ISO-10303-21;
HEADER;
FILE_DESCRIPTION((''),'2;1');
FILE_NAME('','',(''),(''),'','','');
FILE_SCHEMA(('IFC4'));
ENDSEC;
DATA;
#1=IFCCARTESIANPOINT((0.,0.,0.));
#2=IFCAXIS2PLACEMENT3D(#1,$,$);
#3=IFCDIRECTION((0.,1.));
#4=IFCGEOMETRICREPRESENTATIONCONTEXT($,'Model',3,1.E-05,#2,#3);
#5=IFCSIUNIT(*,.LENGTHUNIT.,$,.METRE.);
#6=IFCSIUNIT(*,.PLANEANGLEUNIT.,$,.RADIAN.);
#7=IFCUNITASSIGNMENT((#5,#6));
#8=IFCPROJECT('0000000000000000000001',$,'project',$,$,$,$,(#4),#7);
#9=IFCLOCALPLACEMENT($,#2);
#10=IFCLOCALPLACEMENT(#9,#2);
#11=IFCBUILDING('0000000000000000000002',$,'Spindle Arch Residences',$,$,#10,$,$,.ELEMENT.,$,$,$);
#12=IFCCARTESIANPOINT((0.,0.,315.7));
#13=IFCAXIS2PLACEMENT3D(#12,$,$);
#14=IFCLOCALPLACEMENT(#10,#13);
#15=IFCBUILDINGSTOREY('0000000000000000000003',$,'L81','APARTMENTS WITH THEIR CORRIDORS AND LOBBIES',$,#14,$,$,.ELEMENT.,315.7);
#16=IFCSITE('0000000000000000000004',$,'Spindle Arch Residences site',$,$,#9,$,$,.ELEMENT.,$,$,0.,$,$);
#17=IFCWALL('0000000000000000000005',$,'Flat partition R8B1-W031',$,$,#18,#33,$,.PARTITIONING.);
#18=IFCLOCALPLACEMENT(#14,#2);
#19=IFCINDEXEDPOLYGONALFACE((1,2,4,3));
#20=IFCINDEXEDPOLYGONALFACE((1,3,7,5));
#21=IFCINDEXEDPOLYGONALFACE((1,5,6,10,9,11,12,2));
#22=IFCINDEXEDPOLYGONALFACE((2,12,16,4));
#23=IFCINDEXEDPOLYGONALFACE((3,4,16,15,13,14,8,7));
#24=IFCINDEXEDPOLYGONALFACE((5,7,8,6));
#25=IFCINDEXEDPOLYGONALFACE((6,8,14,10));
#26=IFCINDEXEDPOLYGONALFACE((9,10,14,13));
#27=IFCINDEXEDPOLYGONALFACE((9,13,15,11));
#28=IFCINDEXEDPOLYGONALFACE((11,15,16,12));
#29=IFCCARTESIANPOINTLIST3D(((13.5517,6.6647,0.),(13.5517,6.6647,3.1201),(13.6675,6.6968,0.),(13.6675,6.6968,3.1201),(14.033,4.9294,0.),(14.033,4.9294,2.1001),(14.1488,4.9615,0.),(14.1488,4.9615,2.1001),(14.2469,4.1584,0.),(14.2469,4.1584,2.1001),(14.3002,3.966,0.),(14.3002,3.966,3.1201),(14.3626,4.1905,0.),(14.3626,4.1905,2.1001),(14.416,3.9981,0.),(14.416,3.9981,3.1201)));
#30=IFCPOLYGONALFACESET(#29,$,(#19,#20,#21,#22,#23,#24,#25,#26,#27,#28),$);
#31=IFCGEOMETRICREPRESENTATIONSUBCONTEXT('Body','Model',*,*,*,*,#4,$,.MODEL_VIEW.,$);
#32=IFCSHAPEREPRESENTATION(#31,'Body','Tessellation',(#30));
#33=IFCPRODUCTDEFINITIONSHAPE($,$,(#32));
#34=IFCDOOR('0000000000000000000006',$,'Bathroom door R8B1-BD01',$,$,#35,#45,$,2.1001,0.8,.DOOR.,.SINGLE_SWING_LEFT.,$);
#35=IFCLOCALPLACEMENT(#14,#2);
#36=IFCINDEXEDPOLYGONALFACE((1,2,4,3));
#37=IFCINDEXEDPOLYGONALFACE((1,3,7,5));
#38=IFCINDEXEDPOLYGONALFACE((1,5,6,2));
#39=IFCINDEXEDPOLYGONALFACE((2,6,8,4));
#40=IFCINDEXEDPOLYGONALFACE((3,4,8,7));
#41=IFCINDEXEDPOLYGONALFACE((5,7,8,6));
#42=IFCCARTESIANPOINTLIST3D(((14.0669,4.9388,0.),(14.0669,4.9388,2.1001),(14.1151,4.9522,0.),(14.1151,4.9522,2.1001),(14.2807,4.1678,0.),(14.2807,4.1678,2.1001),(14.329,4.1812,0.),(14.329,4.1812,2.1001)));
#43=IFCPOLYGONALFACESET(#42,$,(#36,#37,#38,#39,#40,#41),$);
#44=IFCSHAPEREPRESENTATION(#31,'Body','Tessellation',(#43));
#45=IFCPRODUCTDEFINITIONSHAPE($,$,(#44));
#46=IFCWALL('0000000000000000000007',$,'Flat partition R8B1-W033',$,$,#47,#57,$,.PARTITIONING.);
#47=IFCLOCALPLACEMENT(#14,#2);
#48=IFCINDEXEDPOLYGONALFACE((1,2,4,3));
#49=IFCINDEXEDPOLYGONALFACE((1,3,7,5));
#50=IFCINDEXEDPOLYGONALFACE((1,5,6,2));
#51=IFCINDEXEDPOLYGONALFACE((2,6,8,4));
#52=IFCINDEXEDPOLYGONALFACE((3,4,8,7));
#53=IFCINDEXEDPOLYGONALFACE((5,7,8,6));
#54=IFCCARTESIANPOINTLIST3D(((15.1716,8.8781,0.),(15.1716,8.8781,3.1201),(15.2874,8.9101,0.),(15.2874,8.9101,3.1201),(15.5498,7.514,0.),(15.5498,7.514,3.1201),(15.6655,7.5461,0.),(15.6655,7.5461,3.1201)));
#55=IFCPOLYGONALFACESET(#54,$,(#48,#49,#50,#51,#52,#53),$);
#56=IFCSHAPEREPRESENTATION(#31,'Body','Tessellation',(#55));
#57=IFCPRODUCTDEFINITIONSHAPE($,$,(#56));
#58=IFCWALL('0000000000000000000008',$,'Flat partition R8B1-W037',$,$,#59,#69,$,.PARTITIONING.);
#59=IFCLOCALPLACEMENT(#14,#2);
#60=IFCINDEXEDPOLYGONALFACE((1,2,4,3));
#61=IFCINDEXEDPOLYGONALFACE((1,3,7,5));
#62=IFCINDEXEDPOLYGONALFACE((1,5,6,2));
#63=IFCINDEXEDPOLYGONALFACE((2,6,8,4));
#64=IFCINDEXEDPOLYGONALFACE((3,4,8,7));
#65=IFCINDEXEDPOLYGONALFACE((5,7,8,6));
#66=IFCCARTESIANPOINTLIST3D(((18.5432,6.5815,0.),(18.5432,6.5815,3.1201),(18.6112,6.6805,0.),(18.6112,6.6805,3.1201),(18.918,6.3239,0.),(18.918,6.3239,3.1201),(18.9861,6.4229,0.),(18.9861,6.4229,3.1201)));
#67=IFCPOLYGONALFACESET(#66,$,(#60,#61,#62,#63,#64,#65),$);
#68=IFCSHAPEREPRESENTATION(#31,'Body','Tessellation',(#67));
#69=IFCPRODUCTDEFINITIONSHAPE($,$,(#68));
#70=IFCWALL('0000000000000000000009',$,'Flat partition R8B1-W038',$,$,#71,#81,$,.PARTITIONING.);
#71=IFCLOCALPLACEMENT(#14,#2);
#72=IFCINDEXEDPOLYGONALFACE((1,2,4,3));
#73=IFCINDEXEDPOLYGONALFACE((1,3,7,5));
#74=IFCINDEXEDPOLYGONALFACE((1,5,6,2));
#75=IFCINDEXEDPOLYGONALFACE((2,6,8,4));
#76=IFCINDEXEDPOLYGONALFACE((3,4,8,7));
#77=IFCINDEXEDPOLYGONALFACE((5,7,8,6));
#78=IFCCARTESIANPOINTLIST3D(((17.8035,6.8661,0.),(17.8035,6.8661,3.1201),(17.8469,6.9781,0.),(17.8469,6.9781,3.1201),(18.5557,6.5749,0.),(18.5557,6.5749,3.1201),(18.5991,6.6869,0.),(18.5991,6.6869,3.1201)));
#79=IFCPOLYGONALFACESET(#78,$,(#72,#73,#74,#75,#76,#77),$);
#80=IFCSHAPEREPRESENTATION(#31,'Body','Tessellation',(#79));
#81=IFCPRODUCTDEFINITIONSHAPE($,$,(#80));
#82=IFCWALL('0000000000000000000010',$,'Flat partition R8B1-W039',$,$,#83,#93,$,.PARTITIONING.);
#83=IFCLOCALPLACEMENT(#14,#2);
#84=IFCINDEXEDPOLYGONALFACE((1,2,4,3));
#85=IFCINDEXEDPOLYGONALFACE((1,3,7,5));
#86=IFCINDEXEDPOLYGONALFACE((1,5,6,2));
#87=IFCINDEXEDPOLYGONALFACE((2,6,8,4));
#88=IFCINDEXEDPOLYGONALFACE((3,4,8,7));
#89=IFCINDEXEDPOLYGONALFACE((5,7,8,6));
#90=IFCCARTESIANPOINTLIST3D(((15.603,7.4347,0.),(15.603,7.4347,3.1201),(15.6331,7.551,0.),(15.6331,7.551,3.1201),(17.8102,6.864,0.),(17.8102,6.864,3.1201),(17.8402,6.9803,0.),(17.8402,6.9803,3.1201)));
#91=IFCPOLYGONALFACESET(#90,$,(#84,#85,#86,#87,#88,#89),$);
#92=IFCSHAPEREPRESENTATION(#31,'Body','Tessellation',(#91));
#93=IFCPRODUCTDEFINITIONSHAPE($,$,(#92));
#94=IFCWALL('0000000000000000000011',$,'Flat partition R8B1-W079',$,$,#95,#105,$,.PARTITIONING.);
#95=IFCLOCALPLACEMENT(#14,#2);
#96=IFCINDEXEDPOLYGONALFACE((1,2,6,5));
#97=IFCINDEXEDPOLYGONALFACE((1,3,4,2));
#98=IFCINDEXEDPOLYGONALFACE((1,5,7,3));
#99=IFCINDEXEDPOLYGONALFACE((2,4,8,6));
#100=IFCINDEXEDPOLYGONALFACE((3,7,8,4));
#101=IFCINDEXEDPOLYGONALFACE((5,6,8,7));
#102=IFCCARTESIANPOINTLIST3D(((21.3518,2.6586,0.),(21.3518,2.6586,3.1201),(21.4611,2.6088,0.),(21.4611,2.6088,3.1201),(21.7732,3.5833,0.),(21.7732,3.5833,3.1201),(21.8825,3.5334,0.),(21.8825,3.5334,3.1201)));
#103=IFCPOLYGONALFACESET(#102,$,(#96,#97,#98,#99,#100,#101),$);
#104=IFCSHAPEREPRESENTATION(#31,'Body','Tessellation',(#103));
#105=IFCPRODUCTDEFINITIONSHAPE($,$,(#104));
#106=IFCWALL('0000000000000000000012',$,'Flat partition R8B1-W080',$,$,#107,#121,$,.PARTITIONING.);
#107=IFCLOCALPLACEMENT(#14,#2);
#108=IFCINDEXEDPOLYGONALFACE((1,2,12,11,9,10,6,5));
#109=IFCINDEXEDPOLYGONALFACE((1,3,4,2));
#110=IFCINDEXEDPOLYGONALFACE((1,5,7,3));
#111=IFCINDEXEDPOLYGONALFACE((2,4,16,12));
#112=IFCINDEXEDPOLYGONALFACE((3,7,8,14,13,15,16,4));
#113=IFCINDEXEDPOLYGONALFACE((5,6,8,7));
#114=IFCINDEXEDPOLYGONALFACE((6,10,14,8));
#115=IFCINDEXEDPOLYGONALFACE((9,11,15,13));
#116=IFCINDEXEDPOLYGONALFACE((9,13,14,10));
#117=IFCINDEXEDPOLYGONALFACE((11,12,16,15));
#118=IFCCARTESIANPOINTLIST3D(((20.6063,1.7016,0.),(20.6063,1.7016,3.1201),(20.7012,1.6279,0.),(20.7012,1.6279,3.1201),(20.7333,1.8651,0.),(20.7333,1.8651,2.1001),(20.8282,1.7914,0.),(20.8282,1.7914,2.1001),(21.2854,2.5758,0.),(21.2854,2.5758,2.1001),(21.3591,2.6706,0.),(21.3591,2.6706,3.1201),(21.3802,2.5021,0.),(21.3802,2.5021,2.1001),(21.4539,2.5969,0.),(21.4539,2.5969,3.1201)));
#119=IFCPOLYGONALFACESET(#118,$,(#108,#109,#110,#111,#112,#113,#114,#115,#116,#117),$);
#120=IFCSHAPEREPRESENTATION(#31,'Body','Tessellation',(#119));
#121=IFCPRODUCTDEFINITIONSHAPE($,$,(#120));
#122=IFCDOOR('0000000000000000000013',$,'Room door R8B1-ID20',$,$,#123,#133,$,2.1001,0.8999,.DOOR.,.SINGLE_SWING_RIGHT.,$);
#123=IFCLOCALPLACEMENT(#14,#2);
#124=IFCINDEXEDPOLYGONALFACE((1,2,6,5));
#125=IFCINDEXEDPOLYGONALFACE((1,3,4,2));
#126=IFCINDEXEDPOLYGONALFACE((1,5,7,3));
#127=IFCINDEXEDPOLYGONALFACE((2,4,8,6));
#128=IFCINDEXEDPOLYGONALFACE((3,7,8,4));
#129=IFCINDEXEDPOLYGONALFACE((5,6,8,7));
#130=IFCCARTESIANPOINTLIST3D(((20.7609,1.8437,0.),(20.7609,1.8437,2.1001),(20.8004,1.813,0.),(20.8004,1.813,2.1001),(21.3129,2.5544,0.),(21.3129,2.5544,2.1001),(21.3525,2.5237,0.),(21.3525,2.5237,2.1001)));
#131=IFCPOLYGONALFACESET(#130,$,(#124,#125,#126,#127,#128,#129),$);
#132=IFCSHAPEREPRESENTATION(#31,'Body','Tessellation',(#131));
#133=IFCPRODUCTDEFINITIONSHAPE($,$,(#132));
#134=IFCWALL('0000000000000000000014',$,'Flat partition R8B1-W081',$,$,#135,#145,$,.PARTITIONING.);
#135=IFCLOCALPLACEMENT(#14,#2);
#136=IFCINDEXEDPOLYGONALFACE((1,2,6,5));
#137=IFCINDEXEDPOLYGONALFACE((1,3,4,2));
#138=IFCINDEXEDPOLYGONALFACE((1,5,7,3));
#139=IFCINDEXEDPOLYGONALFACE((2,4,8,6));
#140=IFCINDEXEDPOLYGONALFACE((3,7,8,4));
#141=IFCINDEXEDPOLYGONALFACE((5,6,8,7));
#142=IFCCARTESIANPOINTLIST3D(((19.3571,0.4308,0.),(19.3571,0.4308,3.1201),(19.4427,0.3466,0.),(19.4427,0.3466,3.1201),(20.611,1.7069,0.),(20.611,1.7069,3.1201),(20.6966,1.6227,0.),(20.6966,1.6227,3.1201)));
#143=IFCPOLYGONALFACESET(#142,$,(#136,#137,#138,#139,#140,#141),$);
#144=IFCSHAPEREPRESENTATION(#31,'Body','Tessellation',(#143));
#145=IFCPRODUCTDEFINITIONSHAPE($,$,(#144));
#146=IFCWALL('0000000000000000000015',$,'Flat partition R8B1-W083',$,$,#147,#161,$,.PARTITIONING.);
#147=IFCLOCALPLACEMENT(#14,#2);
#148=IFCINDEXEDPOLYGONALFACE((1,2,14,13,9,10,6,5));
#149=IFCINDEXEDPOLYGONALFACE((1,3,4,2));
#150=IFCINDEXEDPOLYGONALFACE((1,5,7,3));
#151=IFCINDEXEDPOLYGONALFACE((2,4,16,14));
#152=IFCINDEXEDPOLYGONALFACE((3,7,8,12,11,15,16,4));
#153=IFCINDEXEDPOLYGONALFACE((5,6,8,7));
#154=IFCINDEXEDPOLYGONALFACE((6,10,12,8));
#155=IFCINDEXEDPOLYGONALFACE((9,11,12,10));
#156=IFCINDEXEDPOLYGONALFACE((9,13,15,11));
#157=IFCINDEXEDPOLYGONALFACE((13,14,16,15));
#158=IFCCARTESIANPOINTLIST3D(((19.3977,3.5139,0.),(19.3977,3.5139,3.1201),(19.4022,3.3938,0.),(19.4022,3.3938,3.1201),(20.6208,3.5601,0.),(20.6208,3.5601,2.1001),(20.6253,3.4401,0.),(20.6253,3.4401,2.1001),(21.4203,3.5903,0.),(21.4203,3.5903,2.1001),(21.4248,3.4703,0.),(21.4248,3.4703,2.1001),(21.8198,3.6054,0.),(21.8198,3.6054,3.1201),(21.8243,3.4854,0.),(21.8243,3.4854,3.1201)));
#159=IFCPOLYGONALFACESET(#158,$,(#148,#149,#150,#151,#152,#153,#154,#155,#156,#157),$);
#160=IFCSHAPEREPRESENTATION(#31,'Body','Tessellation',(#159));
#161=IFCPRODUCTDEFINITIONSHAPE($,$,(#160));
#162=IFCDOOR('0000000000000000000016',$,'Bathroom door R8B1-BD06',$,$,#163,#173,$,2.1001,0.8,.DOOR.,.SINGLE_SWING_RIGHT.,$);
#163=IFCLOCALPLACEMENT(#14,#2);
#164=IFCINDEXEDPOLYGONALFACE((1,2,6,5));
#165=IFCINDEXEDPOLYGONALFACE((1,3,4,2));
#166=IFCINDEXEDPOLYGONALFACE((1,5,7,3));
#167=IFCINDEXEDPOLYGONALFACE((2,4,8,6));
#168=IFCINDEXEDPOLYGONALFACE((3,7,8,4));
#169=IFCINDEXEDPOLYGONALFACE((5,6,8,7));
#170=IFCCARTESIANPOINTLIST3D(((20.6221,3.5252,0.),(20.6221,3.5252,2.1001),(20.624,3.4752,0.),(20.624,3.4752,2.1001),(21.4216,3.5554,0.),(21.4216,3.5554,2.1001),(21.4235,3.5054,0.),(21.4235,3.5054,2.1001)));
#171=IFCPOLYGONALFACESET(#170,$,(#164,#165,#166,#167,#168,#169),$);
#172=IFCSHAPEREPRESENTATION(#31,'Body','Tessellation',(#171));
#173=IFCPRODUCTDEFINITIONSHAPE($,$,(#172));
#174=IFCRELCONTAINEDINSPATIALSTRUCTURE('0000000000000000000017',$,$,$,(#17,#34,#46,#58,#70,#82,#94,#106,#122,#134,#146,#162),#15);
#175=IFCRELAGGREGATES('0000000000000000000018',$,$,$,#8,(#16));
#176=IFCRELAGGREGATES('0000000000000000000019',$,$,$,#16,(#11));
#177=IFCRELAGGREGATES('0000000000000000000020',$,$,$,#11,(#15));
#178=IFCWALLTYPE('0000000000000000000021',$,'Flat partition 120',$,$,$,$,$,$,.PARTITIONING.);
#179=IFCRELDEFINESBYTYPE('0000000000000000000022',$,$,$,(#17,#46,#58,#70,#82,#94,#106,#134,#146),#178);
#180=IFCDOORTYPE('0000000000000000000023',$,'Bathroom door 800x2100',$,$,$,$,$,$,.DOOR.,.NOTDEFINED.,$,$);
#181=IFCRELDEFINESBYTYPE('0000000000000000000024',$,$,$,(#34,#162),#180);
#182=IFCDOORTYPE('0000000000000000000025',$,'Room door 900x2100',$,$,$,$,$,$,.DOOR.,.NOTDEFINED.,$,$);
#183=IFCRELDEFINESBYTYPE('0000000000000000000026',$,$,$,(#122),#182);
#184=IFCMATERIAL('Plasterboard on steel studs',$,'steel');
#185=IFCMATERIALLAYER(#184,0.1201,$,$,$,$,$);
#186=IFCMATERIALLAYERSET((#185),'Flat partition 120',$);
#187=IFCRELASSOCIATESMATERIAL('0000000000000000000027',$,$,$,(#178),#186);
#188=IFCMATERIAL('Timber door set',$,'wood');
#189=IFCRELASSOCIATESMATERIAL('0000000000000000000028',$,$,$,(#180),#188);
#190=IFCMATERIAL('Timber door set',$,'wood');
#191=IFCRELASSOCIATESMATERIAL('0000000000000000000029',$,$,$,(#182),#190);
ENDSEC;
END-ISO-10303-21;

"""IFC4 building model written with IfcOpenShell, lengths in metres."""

from ifc_helpers import new_model, si_unit, direction, frame, frame_2d, origin, place, context, subcontext, project, spatial, rectangle, extrude, material, layer, layer_set, type_object, element, fill, save


model = new_model("IFC4")

# Units and contexts
model_context = context("Model", 3, precision=1e-05, world=origin(), true_north=direction((0.0, 1.0)))
body_context = subcontext(model_context, "Body", "Model", "MODEL_VIEW")
ifc_project = project(units=[si_unit("LENGTHUNIT", "METRE"), si_unit("PLANEANGLEUNIT", "RADIAN")], contexts=[model_context])

# Site, building, storey
site_placement = place(None, origin())
site = spatial("IfcSite", under=ifc_project, at=site_placement, Name="Spindle Arch Residences site", CompositionType="ELEMENT", RefElevation=0.0)
building_placement = place(site_placement, origin())
building = spatial("IfcBuilding", under=site, at=building_placement, Name="Spindle Arch Residences", CompositionType="ELEMENT")
storey_placement = place(building_placement, frame((0.0, 0.0, 315.7)))
storey = spatial("IfcBuildingStorey", under=building, at=storey_placement, Name="L81", Description="APARTMENTS WITH THEIR CORRIDORS AND LOBBIES", CompositionType="ELEMENT", Elevation=315.7)

# Wall, opening, door
ifc_material_1 = material(Name="Plasterboard on steel studs", Category="steel")
ifc_layer_1 = layer(ifc_material_1, 0.1201)
ifc_layer_set_1 = layer_set([ifc_layer_1], Name="Flat partition 120")
wall_type_1 = type_object("IfcWallType", Name="Flat partition 120", PredefinedType="PARTITIONING", material=ifc_layer_set_1)
wall_1_placement = place(storey_placement, frame((14.3582, 3.9819, 0.0), z_axis=(0.0, 0.0, 1.0), x_axis=(-0.267275, 0.96362, 0.0)))
wall_1 = element("IfcWall", 1, at=wall_1_placement, inside=storey, type_object=wall_type_1, Name="Flat partition R8B1-W031", PredefinedType="PARTITIONING", context=body_context, shape_type="SweptSolid", body=[
    extrude(rectangle(XDim=2.8005, YDim=0.1201, at=frame_2d((1.4004, 0.0))), origin(), (0.0, 0.0, 1.0), 3.1201),
])
opening_1_placement = place(wall_1_placement, frame((0.2, 0.0, 0.0)))
opening_1 = element("IfcOpeningElement", 2, at=opening_1_placement, cuts=wall_1, PredefinedType="OPENING", context=body_context, shape_type="SweptSolid", body=[
    extrude(rectangle(XDim=0.8, YDim=2.1001, at=frame_2d((0.3999, 1.05))), frame((0.0, 0.0701, 0.0), z_axis=(0.0, -1.0, 0.0), x_axis=(1.0, 0.0, 0.0)), (0.0, 0.0, 1.0), 0.1401),
])
ifc_material_2 = material(Name="Timber door set", Category="wood")
door_type_1 = type_object("IfcDoorType", Name="Bathroom door 800x2100", OperationType="NOTDEFINED", PredefinedType="DOOR", material=ifc_material_2)
door_1_placement = place(opening_1_placement, origin())
door_1 = element("IfcDoor", 3, at=door_1_placement, inside=storey, type_object=door_type_1, Name="Bathroom door R8B1-BD01", OperationType="SINGLE_SWING_LEFT", OverallHeight=2.1001, OverallWidth=0.8, PredefinedType="DOOR", context=body_context, shape_type="SweptSolid", body=[
    extrude(rectangle(XDim=0.8, YDim=2.1001, at=frame_2d((0.3999, 1.05))), frame((0.0, 0.0249, 0.0), z_axis=(0.0, -1.0, 0.0), x_axis=(1.0, 0.0, 0.0)), (0.0, 0.0, 1.0), 0.05),
])
fill(opening_1, door_1)

# Walls
wall_2_placement = place(storey_placement, frame((15.6077, 7.53, 0.0), z_axis=(0.0, 0.0, 1.0), x_axis=(-0.267172, 0.963649, 0.0)))
element("IfcWall", 4, at=wall_2_placement, inside=storey, type_object=wall_type_1, Name="Flat partition R8B1-W033", PredefinedType="PARTITIONING", context=body_context, shape_type="SweptSolid", body=[
    extrude(rectangle(XDim=1.4155, YDim=0.1201, at=frame_2d((0.7078, 0.0))), origin(), (0.0, 0.0, 1.0), 3.1201),
])
wall_3_placement = place(storey_placement, frame((18.9521, 6.3733, 0.0), z_axis=(0.0, 0.0, 1.0), x_axis=(-0.82412, 0.566415, 0.0)))
element("IfcWall", 5, at=wall_3_placement, inside=storey, type_object=wall_type_1, Name="Flat partition R8B1-W037", PredefinedType="PARTITIONING", context=body_context, shape_type="SweptSolid", body=[
    extrude(rectangle(XDim=0.4548, YDim=0.1201, at=frame_2d((0.2275, 0.0))), origin(), (0.0, 0.0, 1.0), 3.1201),
])
wall_4_placement = place(storey_placement, frame((18.5774, 6.6309, 0.0), z_axis=(0.0, 0.0, 1.0), x_axis=(-0.932532, 0.361088, 0.0)))
element("IfcWall", 6, at=wall_4_placement, inside=storey, type_object=wall_type_1, Name="Flat partition R8B1-W038", PredefinedType="PARTITIONING", context=body_context, shape_type="SweptSolid", body=[
    extrude(rectangle(XDim=0.8066, YDim=0.1201, at=frame_2d((0.4033, 0.0))), origin(), (0.0, 0.0, 1.0), 3.1201),
])
wall_5_placement = place(storey_placement, frame((17.8252, 6.9221, 0.0), z_axis=(0.0, 0.0, 1.0), x_axis=(-0.968152, 0.250364, 0.0)))
element("IfcWall", 7, at=wall_5_placement, inside=storey, type_object=wall_type_1, Name="Flat partition R8B1-W039", PredefinedType="PARTITIONING", context=body_context, shape_type="SweptSolid", body=[
    extrude(rectangle(XDim=2.2798, YDim=0.1201, at=frame_2d((1.1399, 0.0))), origin(), (0.0, 0.0, 1.0), 3.1201),
])
wall_6_placement = place(storey_placement, frame((21.8279, 3.5583, 0.0), z_axis=(0.0, 0.0, 1.0), x_axis=(-0.414726, -0.909946, 0.0)))
element("IfcWall", 8, at=wall_6_placement, inside=storey, type_object=wall_type_1, Name="Flat partition R8B1-W079", PredefinedType="PARTITIONING", context=body_context, shape_type="SweptSolid", body=[
    extrude(rectangle(XDim=1.0161, YDim=0.1201, at=frame_2d((0.5081, 0.0))), origin(), (0.0, 0.0, 1.0), 3.1201),
])

# Wall, opening, door
wall_7_placement = place(storey_placement, frame((21.4065, 2.6338, 0.0), z_axis=(0.0, 0.0, 1.0), x_axis=(-0.613445, -0.789738, 0.0)))
wall_7 = element("IfcWall", 9, at=wall_7_placement, inside=storey, type_object=wall_type_1, Name="Flat partition R8B1-W080", PredefinedType="PARTITIONING", context=body_context, shape_type="SweptSolid", body=[
    extrude(rectangle(XDim=1.2271, YDim=0.1201, at=frame_2d((0.6135, 0.0))), origin(), (0.0, 0.0, 1.0), 3.1201),
])
opening_2_placement = place(wall_7_placement, frame((0.1201, 0.0, 0.0)))
opening_2 = element("IfcOpeningElement", 10, at=opening_2_placement, cuts=wall_7, PredefinedType="OPENING", context=body_context, shape_type="SweptSolid", body=[
    extrude(rectangle(XDim=0.8999, YDim=2.1001, at=frame_2d((0.45, 1.05))), frame((0.0, 0.0701, 0.0), z_axis=(0.0, -1.0, 0.0), x_axis=(1.0, 0.0, 0.0)), (0.0, 0.0, 1.0), 0.1401),
])
ifc_material_3 = material(Name="Timber door set", Category="wood")
door_type_2 = type_object("IfcDoorType", Name="Room door 900x2100", OperationType="NOTDEFINED", PredefinedType="DOOR", material=ifc_material_3)
door_2_placement = place(opening_2_placement, origin())
door_2 = element("IfcDoor", 11, at=door_2_placement, inside=storey, type_object=door_type_2, Name="Room door R8B1-ID20", OperationType="SINGLE_SWING_RIGHT", OverallHeight=2.1001, OverallWidth=0.8999, PredefinedType="DOOR", context=body_context, shape_type="SweptSolid", body=[
    extrude(rectangle(XDim=0.8999, YDim=2.1001, at=frame_2d((0.45, 1.05))), frame((0.0, 0.0249, 0.0), z_axis=(0.0, -1.0, 0.0), x_axis=(1.0, 0.0, 0.0)), (0.0, 0.0, 1.0), 0.05),
])
fill(opening_2, door_2)

# Wall
wall_8_placement = place(storey_placement, frame((20.6538, 1.6648, 0.0), z_axis=(0.0, 0.0, 1.0), x_axis=(-0.70087, -0.713289, 0.0)))
element("IfcWall", 12, at=wall_8_placement, inside=storey, type_object=wall_type_1, Name="Flat partition R8B1-W081", PredefinedType="PARTITIONING", context=body_context, shape_type="SweptSolid", body=[
    extrude(rectangle(XDim=1.7891, YDim=0.1201, at=frame_2d((0.8945, 0.0))), origin(), (0.0, 0.0, 1.0), 3.1201),
])

# Wall, opening, door
wall_9_placement = place(storey_placement, frame((21.822, 3.5454, 0.0), z_axis=(0.0, 0.0, 1.0), x_axis=(-0.999286, -0.037772, 0.0)))
wall_9 = element("IfcWall", 13, at=wall_9_placement, inside=storey, type_object=wall_type_1, Name="Flat partition R8B1-W083", PredefinedType="PARTITIONING", context=body_context, shape_type="SweptSolid", body=[
    extrude(rectangle(XDim=2.4238, YDim=0.1201, at=frame_2d((1.2119, 0.0))), origin(), (0.0, 0.0, 1.0), 3.1201),
])
opening_3_placement = place(wall_9_placement, frame((0.3999, 0.0, 0.0)))
opening_3 = element("IfcOpeningElement", 14, at=opening_3_placement, cuts=wall_9, PredefinedType="OPENING", context=body_context, shape_type="SweptSolid", body=[
    extrude(rectangle(XDim=0.8, YDim=2.1001, at=frame_2d((0.3999, 1.05))), frame((0.0, 0.0701, 0.0), z_axis=(0.0, -1.0, 0.0), x_axis=(1.0, 0.0, 0.0)), (0.0, 0.0, 1.0), 0.1401),
])
door_3_placement = place(opening_3_placement, origin())
door_3 = element("IfcDoor", 15, at=door_3_placement, inside=storey, type_object=door_type_1, Name="Bathroom door R8B1-BD06", OperationType="SINGLE_SWING_RIGHT", OverallHeight=2.1001, OverallWidth=0.8, PredefinedType="DOOR", context=body_context, shape_type="SweptSolid", body=[
    extrude(rectangle(XDim=0.8, YDim=2.1001, at=frame_2d((0.3999, 1.05))), frame((0.0, 0.0249, 0.0), z_axis=(0.0, -1.0, 0.0), x_axis=(1.0, 0.0, 0.0)), (0.0, 0.0, 1.0), 0.05),
])
fill(opening_3, door_3)

save(model, "model.ifc")
